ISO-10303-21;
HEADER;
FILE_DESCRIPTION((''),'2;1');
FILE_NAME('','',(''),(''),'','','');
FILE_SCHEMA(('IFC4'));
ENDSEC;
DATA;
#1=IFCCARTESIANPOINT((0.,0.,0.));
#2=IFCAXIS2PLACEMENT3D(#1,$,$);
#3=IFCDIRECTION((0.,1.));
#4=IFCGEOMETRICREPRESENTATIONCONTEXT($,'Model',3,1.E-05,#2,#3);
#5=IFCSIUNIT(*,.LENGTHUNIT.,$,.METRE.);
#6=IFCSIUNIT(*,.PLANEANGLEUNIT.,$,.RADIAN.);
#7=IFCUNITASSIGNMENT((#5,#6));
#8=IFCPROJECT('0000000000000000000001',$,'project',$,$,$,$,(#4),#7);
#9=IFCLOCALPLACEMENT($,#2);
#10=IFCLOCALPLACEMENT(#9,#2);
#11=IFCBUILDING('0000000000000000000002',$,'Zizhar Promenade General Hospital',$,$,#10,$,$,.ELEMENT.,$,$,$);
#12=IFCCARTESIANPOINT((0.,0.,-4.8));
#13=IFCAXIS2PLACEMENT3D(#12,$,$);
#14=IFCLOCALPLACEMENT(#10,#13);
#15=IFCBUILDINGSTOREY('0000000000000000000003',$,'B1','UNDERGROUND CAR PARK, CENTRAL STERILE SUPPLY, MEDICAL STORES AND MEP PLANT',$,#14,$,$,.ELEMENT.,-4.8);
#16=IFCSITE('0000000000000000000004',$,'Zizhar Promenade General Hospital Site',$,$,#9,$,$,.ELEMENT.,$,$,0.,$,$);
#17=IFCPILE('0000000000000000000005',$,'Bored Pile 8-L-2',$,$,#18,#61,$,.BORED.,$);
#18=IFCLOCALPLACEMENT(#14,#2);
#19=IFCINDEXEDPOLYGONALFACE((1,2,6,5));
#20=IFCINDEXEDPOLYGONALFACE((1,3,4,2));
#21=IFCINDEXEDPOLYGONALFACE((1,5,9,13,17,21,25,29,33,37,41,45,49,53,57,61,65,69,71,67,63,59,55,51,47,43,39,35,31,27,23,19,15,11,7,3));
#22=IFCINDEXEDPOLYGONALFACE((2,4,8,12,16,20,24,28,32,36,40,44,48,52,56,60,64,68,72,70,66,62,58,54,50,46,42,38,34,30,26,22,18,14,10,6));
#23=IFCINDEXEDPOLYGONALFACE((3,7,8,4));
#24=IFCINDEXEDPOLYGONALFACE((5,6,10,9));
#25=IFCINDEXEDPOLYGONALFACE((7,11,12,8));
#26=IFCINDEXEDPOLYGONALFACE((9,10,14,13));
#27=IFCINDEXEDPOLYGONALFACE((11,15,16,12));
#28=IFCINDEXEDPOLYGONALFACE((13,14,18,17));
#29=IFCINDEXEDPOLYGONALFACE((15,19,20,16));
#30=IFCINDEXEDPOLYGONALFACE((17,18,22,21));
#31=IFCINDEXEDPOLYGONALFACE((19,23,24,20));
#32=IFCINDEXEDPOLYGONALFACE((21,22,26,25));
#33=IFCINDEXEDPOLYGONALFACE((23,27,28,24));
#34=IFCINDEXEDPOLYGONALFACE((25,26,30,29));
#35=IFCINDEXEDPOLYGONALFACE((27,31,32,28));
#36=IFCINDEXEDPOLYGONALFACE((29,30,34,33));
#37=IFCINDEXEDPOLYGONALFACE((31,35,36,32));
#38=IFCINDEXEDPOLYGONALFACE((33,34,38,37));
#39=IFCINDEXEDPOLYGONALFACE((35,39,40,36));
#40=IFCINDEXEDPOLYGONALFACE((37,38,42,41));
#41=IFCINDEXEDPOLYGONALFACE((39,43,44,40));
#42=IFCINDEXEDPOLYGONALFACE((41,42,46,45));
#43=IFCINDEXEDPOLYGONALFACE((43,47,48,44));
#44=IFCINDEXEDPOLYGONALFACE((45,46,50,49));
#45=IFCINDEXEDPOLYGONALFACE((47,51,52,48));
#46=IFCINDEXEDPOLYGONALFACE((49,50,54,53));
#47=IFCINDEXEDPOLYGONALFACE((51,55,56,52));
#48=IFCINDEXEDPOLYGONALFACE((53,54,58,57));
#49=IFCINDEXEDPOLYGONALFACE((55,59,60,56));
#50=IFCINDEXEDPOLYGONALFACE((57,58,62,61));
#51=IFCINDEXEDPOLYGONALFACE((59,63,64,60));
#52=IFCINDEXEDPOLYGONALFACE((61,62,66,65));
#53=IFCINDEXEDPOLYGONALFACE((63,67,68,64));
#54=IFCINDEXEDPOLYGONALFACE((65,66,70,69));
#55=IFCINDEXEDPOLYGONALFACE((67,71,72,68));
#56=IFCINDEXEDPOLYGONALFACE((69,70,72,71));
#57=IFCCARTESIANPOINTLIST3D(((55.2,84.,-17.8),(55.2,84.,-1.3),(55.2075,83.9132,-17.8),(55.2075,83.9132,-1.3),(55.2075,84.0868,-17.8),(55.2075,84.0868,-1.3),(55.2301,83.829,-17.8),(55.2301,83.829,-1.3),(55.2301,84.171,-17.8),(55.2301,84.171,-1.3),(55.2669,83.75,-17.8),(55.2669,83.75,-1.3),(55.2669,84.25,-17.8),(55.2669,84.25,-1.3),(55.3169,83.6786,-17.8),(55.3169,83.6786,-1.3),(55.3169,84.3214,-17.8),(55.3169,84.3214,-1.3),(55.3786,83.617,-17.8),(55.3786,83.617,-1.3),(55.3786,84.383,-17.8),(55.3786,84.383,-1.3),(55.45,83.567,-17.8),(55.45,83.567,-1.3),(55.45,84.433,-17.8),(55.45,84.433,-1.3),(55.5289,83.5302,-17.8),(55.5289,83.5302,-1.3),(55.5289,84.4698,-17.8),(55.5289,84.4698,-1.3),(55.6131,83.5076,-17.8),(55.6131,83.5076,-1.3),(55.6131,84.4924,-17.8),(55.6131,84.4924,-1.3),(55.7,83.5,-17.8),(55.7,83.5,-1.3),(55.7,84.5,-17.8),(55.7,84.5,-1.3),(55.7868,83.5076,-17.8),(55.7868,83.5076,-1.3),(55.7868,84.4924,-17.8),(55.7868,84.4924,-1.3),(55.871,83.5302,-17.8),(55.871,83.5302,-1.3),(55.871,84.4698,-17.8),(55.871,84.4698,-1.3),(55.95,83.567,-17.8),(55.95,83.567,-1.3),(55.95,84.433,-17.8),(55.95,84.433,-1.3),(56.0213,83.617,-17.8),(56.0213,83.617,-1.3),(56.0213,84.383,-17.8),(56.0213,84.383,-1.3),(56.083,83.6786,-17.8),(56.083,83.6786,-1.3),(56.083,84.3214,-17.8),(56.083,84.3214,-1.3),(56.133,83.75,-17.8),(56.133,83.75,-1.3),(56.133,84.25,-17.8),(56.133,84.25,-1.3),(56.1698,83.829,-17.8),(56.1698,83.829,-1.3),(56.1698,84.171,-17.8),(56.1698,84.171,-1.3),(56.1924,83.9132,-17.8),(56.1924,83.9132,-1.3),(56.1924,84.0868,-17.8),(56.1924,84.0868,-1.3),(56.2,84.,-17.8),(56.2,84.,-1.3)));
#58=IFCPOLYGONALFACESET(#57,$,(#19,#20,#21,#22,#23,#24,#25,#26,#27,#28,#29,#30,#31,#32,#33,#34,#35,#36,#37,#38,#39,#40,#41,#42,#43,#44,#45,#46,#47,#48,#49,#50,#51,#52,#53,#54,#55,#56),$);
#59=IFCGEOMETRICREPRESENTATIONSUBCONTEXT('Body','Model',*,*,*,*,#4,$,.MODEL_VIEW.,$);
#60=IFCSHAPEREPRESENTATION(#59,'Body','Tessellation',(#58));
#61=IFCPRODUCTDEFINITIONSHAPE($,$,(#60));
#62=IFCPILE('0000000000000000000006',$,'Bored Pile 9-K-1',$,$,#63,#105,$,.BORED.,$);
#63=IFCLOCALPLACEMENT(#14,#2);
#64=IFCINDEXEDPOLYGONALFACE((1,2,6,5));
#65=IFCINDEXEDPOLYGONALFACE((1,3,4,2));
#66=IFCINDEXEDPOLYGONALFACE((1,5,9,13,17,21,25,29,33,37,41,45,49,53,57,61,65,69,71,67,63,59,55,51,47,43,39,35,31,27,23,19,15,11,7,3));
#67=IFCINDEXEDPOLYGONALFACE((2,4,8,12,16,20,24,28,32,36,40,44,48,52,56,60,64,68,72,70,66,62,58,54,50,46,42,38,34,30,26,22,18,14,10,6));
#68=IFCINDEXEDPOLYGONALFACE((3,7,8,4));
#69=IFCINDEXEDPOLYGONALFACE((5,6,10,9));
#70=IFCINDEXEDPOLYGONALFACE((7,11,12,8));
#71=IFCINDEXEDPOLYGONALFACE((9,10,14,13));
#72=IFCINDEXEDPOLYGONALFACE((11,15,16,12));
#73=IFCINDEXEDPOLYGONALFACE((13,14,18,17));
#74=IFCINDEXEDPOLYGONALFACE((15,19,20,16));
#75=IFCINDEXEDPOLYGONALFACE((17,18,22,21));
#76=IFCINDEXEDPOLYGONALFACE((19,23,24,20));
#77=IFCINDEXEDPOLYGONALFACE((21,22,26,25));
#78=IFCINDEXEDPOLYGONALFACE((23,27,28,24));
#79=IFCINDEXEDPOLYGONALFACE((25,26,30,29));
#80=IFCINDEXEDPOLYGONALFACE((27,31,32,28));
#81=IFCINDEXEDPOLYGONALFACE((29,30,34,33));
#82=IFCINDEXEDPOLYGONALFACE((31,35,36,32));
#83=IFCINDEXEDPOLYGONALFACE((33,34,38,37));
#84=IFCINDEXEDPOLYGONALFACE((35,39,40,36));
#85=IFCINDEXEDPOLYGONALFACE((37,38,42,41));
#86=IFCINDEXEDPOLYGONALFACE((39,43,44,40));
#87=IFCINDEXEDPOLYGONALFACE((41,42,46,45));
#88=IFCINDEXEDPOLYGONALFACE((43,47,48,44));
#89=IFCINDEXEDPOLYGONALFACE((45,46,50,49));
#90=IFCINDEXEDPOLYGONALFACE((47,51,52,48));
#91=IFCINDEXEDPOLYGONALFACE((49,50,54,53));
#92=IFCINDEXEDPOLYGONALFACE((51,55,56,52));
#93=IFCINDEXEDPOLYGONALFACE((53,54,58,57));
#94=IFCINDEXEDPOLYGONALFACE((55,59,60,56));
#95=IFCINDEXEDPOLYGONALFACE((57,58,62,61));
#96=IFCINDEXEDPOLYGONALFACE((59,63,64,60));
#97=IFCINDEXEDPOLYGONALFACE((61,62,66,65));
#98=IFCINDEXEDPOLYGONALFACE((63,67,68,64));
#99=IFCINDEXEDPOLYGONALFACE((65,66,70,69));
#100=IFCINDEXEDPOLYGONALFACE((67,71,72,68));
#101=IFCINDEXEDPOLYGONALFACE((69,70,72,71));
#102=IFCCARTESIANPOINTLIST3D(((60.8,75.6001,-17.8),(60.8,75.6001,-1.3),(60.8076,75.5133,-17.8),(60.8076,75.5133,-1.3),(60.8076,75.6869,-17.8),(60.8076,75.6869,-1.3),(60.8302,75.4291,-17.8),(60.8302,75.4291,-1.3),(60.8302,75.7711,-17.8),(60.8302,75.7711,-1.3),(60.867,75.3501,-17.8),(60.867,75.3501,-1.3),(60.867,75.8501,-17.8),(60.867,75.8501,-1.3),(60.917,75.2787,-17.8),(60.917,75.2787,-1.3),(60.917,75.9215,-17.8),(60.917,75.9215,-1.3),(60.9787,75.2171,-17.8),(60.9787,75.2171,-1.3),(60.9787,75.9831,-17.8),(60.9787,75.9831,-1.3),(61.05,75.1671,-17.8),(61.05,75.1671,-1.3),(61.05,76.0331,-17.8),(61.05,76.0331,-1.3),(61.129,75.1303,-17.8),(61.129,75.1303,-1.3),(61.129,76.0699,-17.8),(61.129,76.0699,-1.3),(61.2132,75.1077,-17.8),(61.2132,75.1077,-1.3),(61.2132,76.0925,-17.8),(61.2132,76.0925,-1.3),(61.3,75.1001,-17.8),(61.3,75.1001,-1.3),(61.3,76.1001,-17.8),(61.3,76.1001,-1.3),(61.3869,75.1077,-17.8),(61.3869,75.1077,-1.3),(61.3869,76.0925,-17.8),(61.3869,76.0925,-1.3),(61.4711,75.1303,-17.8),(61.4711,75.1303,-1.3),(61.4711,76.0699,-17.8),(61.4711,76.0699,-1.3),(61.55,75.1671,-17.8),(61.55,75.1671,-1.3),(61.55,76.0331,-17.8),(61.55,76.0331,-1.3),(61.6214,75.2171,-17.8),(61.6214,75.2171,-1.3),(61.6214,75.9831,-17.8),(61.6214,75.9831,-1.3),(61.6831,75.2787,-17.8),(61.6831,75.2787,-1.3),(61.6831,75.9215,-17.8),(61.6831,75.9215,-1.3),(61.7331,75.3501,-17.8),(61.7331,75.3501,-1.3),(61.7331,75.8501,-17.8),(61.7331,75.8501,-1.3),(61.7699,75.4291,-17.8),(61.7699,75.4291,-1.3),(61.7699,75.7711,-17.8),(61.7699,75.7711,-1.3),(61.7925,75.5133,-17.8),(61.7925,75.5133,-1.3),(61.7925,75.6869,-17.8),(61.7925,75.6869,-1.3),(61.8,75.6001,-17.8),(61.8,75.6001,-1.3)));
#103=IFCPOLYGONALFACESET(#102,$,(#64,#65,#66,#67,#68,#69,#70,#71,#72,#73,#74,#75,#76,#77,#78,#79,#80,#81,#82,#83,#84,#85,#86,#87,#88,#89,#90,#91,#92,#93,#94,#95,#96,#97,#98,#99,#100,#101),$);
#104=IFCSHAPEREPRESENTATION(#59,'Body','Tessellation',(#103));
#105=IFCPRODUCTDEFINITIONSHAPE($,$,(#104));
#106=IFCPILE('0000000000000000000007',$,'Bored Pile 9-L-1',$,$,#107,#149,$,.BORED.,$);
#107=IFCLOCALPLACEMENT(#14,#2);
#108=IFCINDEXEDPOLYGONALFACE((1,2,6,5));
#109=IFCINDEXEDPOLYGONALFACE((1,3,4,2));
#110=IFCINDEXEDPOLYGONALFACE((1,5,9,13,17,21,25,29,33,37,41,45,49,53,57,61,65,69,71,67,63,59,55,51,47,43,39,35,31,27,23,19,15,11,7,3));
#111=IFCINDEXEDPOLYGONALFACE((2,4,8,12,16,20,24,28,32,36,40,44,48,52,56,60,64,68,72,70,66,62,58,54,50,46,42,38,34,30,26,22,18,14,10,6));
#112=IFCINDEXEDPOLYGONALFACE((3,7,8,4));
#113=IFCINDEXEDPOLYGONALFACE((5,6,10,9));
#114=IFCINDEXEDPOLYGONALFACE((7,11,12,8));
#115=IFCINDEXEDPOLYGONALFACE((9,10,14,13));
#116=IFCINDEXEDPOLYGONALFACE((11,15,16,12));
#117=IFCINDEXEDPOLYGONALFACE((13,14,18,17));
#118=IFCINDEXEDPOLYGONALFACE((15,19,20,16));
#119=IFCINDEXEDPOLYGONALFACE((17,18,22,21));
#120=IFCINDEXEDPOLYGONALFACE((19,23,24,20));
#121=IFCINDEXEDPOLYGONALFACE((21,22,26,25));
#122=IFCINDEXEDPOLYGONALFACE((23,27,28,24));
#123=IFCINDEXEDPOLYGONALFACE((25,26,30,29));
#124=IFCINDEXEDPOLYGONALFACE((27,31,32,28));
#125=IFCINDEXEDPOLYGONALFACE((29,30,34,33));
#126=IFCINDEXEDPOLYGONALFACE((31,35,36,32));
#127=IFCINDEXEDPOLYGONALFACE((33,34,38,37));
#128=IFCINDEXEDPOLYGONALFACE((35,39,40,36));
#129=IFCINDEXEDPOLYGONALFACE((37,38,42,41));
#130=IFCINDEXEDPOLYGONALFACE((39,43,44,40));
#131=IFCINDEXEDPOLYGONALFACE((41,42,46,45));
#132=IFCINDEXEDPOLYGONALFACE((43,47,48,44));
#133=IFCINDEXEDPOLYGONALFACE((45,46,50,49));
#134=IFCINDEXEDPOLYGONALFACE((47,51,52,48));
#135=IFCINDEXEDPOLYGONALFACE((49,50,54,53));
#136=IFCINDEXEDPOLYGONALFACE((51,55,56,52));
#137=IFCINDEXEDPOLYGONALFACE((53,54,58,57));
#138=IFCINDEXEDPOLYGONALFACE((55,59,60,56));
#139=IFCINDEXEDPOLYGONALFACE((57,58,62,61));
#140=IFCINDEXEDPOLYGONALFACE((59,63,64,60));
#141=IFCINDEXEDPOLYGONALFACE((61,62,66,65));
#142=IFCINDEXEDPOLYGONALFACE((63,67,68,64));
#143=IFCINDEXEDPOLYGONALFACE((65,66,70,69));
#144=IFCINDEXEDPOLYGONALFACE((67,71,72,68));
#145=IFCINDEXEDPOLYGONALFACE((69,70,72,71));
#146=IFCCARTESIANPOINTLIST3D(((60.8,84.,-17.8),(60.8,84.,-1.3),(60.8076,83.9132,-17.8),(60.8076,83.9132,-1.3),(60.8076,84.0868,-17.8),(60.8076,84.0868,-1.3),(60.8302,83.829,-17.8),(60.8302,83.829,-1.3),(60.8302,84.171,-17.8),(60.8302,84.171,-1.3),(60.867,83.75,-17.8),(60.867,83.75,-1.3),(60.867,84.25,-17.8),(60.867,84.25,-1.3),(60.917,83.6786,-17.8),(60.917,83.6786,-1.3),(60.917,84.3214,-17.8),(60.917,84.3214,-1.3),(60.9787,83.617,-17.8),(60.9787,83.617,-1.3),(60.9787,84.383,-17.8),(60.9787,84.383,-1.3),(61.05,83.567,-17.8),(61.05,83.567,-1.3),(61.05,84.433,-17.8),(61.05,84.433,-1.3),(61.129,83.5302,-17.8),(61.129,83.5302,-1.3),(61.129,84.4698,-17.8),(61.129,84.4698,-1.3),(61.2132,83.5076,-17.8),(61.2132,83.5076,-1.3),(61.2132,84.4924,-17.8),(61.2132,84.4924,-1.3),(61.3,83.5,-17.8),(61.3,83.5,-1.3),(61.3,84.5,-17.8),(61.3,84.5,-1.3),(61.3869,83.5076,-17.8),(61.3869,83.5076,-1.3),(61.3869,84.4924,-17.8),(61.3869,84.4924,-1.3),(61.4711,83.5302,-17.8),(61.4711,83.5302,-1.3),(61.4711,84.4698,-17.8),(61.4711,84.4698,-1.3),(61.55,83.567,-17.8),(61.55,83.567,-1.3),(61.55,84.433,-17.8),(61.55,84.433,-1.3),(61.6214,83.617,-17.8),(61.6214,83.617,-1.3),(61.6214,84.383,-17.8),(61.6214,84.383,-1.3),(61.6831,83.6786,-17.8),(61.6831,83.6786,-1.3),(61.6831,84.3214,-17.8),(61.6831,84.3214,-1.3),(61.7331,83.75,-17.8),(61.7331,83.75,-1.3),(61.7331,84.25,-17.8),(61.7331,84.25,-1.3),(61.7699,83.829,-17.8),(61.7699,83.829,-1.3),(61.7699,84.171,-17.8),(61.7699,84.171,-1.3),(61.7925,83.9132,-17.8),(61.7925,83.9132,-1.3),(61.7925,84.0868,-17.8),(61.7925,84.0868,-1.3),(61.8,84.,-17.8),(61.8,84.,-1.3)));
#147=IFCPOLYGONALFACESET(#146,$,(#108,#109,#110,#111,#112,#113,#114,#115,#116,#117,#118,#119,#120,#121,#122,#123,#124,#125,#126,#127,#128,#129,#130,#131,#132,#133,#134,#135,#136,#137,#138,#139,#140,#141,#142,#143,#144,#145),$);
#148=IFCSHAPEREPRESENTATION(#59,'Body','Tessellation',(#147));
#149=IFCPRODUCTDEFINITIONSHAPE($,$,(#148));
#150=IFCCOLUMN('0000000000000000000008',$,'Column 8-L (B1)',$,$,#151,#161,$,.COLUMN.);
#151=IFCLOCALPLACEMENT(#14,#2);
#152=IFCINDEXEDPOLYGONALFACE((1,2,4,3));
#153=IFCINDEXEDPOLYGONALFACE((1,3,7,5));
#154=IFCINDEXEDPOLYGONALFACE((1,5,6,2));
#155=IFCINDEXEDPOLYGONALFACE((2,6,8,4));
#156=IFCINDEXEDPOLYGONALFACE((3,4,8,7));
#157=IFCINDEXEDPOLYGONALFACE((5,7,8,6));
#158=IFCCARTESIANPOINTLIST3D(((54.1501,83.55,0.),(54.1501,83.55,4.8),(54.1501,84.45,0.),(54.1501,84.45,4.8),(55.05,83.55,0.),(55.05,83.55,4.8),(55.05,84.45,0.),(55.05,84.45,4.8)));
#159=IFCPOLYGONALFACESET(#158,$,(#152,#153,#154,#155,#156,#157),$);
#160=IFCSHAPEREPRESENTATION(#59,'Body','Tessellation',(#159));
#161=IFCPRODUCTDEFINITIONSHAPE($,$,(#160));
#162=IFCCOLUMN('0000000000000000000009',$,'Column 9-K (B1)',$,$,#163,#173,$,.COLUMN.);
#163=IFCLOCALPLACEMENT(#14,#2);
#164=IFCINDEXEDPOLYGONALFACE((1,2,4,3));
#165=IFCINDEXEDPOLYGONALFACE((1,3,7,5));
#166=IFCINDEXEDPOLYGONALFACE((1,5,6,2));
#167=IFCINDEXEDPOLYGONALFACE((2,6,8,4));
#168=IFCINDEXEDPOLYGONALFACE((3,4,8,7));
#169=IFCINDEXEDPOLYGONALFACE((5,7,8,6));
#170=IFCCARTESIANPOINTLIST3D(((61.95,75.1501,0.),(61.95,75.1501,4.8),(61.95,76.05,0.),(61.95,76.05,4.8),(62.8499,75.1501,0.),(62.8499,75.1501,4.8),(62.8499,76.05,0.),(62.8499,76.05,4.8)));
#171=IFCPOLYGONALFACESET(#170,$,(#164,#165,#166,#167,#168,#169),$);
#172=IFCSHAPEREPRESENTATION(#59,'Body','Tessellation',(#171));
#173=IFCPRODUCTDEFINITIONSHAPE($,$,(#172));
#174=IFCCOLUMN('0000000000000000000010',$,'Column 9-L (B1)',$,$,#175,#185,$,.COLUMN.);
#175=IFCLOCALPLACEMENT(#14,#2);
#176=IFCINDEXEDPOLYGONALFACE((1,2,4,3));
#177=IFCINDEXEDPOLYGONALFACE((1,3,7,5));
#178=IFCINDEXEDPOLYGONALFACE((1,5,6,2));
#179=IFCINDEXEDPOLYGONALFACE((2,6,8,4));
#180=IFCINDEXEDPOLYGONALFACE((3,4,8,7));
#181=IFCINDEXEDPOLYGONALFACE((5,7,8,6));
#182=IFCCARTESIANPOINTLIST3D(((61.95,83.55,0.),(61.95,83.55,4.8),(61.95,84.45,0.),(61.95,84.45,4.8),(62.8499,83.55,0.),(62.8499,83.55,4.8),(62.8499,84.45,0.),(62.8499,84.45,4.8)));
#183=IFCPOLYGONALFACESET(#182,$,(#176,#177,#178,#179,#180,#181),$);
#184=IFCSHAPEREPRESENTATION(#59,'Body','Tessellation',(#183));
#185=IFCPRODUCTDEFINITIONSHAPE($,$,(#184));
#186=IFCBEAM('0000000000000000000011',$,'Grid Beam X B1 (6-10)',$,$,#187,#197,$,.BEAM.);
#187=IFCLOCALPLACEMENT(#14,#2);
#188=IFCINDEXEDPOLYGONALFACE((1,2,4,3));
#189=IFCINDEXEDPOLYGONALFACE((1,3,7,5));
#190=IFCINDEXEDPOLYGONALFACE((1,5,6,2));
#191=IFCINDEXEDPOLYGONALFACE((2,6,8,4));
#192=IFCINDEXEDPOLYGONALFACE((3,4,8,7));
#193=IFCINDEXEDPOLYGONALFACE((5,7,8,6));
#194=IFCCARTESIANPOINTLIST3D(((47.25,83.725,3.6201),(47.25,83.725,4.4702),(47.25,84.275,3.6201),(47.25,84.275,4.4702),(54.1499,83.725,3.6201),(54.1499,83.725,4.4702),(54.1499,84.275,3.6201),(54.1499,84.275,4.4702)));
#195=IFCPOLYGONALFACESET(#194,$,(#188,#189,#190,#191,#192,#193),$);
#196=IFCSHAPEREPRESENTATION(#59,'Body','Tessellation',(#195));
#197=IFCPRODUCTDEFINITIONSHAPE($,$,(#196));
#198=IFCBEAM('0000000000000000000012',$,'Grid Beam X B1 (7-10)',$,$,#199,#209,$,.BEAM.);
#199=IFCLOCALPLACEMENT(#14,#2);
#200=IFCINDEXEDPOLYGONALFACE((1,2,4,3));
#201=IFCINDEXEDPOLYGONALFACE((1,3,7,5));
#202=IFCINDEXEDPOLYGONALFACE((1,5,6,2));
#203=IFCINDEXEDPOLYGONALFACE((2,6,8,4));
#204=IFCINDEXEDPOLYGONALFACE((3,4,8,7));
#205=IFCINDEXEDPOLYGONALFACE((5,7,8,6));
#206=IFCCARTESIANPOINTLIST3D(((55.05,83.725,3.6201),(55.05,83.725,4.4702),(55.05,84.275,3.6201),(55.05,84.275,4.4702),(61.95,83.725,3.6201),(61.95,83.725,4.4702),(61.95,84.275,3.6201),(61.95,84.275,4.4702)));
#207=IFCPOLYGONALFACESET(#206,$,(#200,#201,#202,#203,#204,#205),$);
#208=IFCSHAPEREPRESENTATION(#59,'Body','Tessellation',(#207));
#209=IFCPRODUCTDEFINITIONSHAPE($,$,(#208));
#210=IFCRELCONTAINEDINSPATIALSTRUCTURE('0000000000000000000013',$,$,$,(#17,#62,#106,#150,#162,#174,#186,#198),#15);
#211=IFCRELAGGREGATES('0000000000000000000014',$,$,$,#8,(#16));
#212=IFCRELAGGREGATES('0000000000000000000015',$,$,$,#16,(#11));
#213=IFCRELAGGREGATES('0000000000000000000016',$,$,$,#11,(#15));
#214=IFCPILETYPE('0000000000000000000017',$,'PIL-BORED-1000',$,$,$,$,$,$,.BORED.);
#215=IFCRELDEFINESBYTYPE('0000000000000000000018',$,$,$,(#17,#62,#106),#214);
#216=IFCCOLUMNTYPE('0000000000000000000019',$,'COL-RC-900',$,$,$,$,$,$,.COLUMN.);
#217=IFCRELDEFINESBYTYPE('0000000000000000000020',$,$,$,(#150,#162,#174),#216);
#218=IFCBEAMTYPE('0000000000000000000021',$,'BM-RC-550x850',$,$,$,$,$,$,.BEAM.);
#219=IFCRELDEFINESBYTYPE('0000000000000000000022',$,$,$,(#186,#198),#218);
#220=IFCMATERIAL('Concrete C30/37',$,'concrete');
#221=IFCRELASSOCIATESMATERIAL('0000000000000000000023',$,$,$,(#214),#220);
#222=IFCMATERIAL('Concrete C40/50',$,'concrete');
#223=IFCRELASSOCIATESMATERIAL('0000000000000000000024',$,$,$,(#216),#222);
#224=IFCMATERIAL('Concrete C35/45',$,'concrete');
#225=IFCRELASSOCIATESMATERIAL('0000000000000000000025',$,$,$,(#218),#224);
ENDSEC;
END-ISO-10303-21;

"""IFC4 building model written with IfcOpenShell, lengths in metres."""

from ifc_helpers import new_model, si_unit, direction, frame, origin, origin_2d, place, context, subcontext, project, spatial, rectangle, circle, extrude, material, material_profile, profile_set, type_object, element, save


model = new_model("IFC4")

# Units and contexts
model_context = context("Model", 3, precision=1e-05, world=origin(), true_north=direction((0.0, 1.0)))
body_context = subcontext(model_context, "Body", "Model", "MODEL_VIEW")
ifc_project = project(units=[si_unit("LENGTHUNIT", "METRE"), si_unit("PLANEANGLEUNIT", "RADIAN")], contexts=[model_context])

# Site, building, storey
site_placement = place(None, origin())
site = spatial("IfcSite", under=ifc_project, at=site_placement, Name="Zizhar Promenade General Hospital Site", CompositionType="ELEMENT", RefElevation=0.0)
building_placement = place(site_placement, origin())
building = spatial("IfcBuilding", under=site, at=building_placement, Name="Zizhar Promenade General Hospital", CompositionType="ELEMENT")
storey_placement = place(building_placement, frame((0.0, 0.0, -4.8)))
storey = spatial("IfcBuildingStorey", under=building, at=storey_placement, Name="B1", Description="UNDERGROUND CAR PARK, CENTRAL STERILE SUPPLY, MEDICAL STORES AND MEP PLANT", CompositionType="ELEMENT", Elevation=-4.8)

# Piles
ifc_material_1 = material(Name="Concrete C30/37", Category="concrete")
ifc_material_profile_1 = material_profile(ifc_material_1, circle(Radius=0.5, at=origin_2d()))
ifc_profile_set_1 = profile_set([ifc_material_profile_1], Name="Concrete C30/37")
pile_type = type_object("IfcPileType", Name="PIL-BORED-1000", PredefinedType="BORED", material=ifc_profile_set_1)
for number, where, z_axis, x_axis, name in (
    (1, (55.7, 84.0, -1.3), (0.0, 0.0, -1.0), (1.0, 0.0, 0.0), "Bored Pile 8-L-2"),
    (2, (61.3, 75.6001, -1.3), (0.0, 0.0, -1.0), (1.0, 0.0, 0.0), "Bored Pile 9-K-1"),
    (3, (61.3, 84.0, -1.3), (0.0, 0.0, -1.0), (1.0, 0.0, 0.0), "Bored Pile 9-L-1"),
):
    element("IfcPile", number, at=place(storey_placement, frame(where, z_axis=z_axis, x_axis=x_axis)), inside=storey, type_object=pile_type, Name=name, PredefinedType="BORED", context=body_context, shape_type="SweptSolid", body=[
        extrude(circle(Radius=0.5, at=origin_2d()), origin(), (0.0, 0.0, 1.0), 16.5),
    ])

# Columns
ifc_material_2 = material(Name="Concrete C40/50", Category="concrete")
ifc_material_profile_2 = material_profile(ifc_material_2, rectangle(XDim=0.8999, YDim=0.8999, at=origin_2d()))
ifc_profile_set_2 = profile_set([ifc_material_profile_2], Name="Concrete C40/50")
column_type = type_object("IfcColumnType", Name="COL-RC-900", PredefinedType="COLUMN", material=ifc_profile_set_2)
for number, where, z_axis, x_axis, name in (
    (4, (54.6001, 84.0, 0.0), (0.0, 0.0, 1.0), (1.0, 0.0, 0.0), "Column 8-L (B1)"),
    (5, (62.3999, 75.6001, 0.0), (0.0, 0.0, 1.0), (1.0, 0.0, 0.0), "Column 9-K (B1)"),
    (6, (62.3999, 84.0, 0.0), (0.0, 0.0, 1.0), (1.0, 0.0, 0.0), "Column 9-L (B1)"),
):
    element("IfcColumn", number, at=place(storey_placement, frame(where, z_axis=z_axis, x_axis=x_axis)), inside=storey, type_object=column_type, Name=name, PredefinedType="COLUMN", context=body_context, shape_type="SweptSolid", body=[
        extrude(rectangle(XDim=0.8999, YDim=0.8999, at=origin_2d()), origin(), (0.0, 0.0, 1.0), 4.8),
    ])

# Beams
ifc_material_3 = material(Name="Concrete C35/45", Category="concrete")
ifc_material_profile_3 = material_profile(ifc_material_3, rectangle(XDim=0.55, YDim=0.8501, at=origin_2d()))
ifc_profile_set_3 = profile_set([ifc_material_profile_3], Name="Concrete C35/45")
beam_type_1 = type_object("IfcBeamType", Name="BM-RC-550x850", PredefinedType="BEAM", material=ifc_profile_set_3)
for number, where, z_axis, x_axis, name in (
    (7, (47.25, 84.0, 4.0452), (1.0, 0.0, 0.0), (0.0, 1.0, 0.0), "Grid Beam X B1 (6-10)"),
    (8, (55.05, 84.0, 4.0452), (1.0, 0.0, 0.0), (0.0, 1.0, 0.0), "Grid Beam X B1 (7-10)"),
):
    element("IfcBeam", number, at=place(storey_placement, frame(where, z_axis=z_axis, x_axis=x_axis)), inside=storey, type_object=beam_type_1, Name=name, PredefinedType="BEAM", context=body_context, shape_type="SweptSolid", body=[
        extrude(rectangle(XDim=0.55, YDim=0.8501, at=origin_2d()), origin(), (0.0, 0.0, 1.0), 6.8999),
    ])

save(model, "model.ifc")
